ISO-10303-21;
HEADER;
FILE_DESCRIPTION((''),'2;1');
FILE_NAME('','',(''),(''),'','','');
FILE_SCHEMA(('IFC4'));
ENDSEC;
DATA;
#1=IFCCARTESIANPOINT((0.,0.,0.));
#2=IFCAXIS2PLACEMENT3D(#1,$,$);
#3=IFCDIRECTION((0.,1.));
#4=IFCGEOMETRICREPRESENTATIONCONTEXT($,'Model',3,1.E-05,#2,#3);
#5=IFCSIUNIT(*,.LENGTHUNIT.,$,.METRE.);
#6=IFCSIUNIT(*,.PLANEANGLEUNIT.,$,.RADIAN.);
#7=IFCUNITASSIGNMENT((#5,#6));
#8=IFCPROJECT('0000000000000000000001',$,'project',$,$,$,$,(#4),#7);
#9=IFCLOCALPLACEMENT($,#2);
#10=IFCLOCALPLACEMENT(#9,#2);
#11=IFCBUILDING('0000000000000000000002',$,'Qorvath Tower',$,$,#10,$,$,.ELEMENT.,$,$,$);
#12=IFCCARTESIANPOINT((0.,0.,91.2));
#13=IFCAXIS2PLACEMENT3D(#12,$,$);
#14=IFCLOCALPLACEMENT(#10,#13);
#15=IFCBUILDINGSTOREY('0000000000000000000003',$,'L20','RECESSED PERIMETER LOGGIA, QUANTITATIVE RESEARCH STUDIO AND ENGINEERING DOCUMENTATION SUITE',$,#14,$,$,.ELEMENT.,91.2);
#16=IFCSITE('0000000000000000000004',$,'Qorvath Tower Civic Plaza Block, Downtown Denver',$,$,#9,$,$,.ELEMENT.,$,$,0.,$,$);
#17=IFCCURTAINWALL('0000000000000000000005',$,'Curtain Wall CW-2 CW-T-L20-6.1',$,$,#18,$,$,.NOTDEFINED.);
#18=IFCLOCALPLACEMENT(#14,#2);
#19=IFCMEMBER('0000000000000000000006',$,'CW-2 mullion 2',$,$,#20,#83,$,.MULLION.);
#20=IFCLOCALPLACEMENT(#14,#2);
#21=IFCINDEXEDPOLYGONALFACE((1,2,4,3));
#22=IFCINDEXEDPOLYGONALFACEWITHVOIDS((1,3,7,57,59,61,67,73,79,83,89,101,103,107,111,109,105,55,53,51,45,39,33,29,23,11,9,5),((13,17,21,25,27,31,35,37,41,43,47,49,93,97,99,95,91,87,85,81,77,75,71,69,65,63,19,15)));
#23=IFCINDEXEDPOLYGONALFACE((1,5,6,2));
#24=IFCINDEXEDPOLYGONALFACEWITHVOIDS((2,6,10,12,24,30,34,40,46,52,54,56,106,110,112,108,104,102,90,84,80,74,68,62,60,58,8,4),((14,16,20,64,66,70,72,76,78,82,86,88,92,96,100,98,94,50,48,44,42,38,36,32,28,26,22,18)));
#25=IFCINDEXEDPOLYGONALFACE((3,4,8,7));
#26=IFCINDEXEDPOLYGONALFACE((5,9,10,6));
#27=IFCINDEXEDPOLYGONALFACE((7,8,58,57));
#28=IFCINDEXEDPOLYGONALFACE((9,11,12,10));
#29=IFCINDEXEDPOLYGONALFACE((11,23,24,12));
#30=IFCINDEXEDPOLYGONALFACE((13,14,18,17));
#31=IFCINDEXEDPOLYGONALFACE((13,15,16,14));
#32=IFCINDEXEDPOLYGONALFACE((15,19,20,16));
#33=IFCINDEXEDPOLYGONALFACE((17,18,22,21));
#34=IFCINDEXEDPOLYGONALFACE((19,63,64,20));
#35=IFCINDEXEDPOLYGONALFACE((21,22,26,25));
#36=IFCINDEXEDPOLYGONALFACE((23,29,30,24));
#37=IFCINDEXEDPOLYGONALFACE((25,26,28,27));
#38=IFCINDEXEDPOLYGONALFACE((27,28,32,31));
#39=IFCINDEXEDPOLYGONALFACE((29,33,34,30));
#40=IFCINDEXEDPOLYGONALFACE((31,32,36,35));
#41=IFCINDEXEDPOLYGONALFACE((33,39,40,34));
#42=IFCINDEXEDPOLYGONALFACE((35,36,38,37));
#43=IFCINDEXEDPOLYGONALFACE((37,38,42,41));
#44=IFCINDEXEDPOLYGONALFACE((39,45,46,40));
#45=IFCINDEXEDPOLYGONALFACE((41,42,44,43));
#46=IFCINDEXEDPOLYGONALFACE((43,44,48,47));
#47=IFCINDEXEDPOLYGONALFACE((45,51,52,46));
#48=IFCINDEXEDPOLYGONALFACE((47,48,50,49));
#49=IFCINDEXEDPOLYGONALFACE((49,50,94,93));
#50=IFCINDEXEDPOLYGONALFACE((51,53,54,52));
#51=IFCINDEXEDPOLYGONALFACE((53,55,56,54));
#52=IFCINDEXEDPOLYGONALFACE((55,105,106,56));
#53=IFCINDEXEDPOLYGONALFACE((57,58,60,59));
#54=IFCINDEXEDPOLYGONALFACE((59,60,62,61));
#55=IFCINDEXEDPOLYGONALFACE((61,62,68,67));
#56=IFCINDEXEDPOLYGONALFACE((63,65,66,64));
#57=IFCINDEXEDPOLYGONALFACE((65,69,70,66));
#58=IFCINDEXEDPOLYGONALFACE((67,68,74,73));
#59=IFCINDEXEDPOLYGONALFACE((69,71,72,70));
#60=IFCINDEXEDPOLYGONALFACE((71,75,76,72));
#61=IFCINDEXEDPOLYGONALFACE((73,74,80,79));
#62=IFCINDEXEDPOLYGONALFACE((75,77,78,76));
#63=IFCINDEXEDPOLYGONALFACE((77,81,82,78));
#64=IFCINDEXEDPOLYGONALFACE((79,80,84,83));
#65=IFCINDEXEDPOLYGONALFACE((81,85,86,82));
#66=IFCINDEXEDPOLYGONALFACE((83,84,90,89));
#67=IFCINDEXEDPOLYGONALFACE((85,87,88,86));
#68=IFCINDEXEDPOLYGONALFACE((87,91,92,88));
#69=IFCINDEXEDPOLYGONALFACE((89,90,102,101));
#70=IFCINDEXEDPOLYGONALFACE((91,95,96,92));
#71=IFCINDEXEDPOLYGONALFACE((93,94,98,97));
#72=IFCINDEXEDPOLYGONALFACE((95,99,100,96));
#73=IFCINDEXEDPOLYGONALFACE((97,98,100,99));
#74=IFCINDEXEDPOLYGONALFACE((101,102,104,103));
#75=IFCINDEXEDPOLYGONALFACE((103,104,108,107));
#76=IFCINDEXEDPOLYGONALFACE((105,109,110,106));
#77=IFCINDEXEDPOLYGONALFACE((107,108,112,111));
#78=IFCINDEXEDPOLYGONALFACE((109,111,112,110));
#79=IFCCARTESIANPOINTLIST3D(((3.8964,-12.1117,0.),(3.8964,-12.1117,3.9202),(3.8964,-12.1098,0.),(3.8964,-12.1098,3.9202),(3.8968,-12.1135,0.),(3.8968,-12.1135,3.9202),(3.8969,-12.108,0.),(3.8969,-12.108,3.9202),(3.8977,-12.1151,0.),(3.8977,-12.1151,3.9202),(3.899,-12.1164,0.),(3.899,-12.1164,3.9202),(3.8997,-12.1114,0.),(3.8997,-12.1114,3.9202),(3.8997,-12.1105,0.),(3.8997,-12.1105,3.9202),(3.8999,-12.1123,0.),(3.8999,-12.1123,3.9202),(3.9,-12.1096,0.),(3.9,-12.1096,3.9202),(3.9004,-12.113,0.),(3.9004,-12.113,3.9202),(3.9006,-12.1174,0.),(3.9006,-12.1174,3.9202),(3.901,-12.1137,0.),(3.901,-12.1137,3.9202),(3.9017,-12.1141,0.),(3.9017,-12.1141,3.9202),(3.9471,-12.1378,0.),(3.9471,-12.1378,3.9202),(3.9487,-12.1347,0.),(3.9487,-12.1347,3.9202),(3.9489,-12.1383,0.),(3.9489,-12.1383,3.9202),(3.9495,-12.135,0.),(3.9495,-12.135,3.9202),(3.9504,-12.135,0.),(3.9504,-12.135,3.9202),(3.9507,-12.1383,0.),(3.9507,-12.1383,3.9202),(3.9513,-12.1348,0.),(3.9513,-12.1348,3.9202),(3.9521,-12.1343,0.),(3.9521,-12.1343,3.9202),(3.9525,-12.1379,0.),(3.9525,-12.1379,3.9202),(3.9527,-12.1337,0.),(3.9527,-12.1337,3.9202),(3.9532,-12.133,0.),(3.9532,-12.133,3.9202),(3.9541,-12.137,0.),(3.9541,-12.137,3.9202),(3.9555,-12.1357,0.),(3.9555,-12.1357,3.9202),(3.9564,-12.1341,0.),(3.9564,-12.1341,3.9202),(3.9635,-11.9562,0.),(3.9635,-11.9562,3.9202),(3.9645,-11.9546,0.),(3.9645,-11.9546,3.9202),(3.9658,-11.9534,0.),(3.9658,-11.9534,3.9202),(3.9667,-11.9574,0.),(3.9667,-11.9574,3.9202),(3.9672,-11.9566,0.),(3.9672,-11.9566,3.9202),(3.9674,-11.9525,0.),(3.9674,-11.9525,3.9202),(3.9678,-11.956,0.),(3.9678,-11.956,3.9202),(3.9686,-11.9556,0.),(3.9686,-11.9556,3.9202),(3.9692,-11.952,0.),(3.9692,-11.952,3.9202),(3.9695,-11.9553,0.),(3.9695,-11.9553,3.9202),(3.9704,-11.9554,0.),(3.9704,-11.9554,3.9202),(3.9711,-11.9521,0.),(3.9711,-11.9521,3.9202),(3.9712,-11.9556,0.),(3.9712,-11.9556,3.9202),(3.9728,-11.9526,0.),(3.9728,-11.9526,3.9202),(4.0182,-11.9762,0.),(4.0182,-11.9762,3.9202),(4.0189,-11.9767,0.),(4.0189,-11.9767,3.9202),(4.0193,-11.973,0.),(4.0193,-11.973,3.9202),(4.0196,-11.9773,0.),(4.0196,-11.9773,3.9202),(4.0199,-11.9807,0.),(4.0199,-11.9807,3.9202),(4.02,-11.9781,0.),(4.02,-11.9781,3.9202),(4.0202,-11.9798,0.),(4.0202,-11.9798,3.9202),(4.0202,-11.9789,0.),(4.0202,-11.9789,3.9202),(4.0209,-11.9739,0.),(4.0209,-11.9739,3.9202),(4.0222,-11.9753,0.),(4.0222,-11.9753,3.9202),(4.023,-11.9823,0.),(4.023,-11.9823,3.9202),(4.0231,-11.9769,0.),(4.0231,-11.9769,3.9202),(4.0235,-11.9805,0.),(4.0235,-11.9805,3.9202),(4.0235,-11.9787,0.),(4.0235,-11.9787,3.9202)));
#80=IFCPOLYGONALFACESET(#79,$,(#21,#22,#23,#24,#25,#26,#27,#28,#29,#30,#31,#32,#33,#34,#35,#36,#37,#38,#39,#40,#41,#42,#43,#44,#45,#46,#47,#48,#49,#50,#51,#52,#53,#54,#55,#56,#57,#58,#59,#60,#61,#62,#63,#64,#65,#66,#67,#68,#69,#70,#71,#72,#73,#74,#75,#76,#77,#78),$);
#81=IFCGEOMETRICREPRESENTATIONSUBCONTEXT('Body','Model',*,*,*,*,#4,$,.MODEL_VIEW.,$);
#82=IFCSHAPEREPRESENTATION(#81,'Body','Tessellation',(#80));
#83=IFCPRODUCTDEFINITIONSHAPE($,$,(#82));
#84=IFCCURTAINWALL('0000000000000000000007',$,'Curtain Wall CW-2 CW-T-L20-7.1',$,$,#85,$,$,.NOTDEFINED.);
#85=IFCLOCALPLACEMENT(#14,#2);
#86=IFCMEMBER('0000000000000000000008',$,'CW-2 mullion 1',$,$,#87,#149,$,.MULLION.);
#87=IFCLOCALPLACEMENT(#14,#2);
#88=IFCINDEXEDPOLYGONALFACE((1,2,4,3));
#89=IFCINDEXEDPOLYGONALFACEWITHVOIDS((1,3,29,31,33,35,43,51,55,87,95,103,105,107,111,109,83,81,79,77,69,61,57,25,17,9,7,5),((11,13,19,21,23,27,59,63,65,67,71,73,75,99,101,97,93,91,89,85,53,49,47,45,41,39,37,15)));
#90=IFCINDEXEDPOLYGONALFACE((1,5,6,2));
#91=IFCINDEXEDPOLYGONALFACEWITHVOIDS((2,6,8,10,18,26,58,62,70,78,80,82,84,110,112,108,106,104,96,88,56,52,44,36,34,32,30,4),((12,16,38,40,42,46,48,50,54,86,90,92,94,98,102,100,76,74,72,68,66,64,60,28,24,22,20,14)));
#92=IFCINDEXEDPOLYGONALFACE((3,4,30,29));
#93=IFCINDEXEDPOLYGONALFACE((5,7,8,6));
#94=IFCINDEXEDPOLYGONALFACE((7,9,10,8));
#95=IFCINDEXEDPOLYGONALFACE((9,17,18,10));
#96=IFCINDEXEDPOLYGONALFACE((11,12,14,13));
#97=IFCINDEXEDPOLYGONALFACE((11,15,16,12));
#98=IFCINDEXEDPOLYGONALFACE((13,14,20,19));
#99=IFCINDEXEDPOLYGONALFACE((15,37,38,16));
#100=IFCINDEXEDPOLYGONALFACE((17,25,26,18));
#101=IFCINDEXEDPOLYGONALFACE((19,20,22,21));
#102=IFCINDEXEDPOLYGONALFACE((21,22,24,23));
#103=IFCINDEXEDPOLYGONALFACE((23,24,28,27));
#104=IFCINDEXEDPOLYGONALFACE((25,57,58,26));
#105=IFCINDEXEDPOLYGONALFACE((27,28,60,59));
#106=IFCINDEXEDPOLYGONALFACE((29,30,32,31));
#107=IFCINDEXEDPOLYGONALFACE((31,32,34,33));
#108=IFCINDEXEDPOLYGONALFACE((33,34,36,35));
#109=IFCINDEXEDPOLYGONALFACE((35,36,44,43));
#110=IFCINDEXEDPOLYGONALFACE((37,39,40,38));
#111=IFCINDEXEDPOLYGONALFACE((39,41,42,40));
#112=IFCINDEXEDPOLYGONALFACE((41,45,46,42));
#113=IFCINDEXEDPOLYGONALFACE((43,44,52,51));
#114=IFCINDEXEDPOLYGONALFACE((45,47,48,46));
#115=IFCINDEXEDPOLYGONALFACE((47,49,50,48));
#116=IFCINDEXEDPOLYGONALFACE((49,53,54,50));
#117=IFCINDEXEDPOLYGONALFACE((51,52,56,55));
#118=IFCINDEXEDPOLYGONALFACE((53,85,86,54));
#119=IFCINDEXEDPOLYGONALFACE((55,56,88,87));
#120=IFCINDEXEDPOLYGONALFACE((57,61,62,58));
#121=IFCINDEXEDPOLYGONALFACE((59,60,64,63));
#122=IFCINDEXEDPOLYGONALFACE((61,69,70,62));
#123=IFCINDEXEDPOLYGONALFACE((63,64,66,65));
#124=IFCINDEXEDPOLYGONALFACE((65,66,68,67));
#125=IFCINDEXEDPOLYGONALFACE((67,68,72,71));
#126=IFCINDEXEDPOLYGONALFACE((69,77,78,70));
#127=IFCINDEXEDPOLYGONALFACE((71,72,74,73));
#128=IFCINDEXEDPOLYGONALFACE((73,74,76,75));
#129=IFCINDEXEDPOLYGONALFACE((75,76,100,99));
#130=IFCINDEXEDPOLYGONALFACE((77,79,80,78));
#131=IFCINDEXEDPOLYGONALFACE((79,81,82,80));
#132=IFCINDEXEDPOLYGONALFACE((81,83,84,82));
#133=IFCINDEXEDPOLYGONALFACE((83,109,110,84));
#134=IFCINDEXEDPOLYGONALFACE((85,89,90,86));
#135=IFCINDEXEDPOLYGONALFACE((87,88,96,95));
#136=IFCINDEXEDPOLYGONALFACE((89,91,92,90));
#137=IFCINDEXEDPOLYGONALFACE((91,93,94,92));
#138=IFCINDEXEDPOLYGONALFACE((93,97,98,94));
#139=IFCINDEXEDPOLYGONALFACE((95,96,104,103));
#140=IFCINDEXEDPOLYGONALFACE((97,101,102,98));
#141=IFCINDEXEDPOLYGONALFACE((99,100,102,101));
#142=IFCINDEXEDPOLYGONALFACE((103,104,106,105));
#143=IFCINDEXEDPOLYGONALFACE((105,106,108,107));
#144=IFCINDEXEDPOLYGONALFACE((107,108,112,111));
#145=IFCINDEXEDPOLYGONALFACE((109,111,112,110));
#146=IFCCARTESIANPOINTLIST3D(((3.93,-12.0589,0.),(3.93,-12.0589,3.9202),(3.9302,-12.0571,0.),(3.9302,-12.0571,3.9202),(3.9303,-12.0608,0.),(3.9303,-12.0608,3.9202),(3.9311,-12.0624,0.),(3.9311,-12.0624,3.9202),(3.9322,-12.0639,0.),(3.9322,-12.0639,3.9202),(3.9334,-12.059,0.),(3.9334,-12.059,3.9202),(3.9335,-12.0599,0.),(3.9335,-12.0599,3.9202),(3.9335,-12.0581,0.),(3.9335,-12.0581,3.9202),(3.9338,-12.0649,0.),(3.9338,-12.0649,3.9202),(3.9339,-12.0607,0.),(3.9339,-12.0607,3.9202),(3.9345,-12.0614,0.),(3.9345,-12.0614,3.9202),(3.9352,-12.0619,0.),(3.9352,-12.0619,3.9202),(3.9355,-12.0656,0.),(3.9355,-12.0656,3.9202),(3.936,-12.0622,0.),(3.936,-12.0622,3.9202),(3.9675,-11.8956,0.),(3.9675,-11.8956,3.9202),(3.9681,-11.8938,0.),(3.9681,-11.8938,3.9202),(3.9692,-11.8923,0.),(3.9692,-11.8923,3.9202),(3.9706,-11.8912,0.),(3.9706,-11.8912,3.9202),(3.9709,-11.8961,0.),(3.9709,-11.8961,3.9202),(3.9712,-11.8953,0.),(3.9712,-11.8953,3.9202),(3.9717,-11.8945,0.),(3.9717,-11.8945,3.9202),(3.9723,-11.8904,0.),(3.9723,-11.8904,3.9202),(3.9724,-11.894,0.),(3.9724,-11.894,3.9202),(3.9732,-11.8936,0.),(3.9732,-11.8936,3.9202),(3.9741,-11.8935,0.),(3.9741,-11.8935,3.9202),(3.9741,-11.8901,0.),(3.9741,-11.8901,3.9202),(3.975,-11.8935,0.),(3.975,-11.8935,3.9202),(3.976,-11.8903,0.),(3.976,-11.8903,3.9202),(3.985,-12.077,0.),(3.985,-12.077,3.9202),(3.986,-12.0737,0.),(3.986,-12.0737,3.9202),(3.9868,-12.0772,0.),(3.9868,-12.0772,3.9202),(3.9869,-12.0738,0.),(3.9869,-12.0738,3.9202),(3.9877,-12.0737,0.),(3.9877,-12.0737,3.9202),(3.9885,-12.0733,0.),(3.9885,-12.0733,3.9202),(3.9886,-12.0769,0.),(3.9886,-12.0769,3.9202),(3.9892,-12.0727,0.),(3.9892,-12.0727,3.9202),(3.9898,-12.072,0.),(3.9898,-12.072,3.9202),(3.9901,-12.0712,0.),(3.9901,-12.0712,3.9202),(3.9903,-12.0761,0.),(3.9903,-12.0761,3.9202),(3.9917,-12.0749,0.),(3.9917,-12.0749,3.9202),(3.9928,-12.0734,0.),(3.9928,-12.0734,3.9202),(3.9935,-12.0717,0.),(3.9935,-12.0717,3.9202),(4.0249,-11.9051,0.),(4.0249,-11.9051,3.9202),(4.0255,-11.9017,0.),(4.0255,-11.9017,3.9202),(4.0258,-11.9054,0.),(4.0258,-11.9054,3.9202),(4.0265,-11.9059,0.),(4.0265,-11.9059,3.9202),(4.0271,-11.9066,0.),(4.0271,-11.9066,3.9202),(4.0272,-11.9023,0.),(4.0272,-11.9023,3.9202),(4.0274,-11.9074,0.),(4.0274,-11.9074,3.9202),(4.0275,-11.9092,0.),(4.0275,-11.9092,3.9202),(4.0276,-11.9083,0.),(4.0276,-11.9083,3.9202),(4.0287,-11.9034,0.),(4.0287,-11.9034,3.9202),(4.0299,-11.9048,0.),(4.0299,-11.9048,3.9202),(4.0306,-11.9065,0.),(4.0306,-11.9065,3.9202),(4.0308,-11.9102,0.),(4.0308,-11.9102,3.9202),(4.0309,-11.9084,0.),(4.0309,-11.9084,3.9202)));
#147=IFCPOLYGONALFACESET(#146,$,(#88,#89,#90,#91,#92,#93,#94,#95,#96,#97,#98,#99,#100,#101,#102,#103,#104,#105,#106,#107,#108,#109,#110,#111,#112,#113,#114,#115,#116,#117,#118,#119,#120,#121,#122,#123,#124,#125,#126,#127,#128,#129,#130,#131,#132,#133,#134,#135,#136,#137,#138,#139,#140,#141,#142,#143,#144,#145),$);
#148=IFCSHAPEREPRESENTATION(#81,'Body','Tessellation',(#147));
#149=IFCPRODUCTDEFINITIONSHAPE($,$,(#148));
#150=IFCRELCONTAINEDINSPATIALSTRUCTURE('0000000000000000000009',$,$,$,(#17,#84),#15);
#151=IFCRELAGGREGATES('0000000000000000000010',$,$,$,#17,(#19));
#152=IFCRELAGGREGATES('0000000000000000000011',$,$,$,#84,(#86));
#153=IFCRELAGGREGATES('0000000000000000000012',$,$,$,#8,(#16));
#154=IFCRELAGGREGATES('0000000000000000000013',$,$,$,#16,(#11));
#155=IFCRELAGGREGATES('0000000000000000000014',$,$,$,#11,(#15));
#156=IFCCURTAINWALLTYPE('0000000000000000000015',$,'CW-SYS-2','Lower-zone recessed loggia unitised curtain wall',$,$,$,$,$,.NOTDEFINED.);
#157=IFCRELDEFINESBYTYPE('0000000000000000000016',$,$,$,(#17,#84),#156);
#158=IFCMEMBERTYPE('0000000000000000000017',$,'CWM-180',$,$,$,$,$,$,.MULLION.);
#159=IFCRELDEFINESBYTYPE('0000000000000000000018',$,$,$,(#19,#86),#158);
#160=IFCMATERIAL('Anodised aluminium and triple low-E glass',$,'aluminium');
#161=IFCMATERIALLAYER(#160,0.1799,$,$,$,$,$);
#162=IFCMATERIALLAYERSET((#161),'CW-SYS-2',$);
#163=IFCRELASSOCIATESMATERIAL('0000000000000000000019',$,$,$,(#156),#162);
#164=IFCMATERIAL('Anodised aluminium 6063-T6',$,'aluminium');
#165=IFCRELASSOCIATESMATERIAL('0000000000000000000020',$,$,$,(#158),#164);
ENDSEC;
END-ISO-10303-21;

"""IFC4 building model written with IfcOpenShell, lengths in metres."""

from ifc_helpers import new_model, si_unit, direction, frame, origin, origin_2d, place, context, subcontext, project, spatial, hollow_rectangle, extrude, material, layer, layer_set, material_profile, profile_set, type_object, element, aggregate, save


model = new_model("IFC4")

# Units and contexts
model_context = context("Model", 3, precision=1e-05, world=origin(), true_north=direction((0.0, 1.0)))
body_context = subcontext(model_context, "Body", "Model", "MODEL_VIEW")
ifc_project = project(units=[si_unit("LENGTHUNIT", "METRE"), si_unit("PLANEANGLEUNIT", "RADIAN")], contexts=[model_context])

# Site, building, storey
site_placement = place(None, origin())
site = spatial("IfcSite", under=ifc_project, at=site_placement, Name="Qorvath Tower Civic Plaza Block, Downtown Denver", CompositionType="ELEMENT", RefElevation=0.0)
building_placement = place(site_placement, origin())
building = spatial("IfcBuilding", under=site, at=building_placement, Name="Qorvath Tower", CompositionType="ELEMENT")
storey_placement = place(building_placement, frame((0.0, 0.0, 91.2)))
storey = spatial("IfcBuildingStorey", under=building, at=storey_placement, Name="L20", Description="RECESSED PERIMETER LOGGIA, QUANTITATIVE RESEARCH STUDIO AND ENGINEERING DOCUMENTATION SUITE", CompositionType="ELEMENT", Elevation=91.2)

# Shared definitions
ifc_material_1 = material(Name="Anodised aluminium and triple low-E glass", Category="aluminium")
ifc_layer_1 = layer(ifc_material_1, 0.1799)
ifc_layer_set_1 = layer_set([ifc_layer_1], Name="CW-SYS-2")
curtain_wall_type = type_object("IfcCurtainWallType", Name="CW-SYS-2", Description="Lower-zone recessed loggia unitised curtain wall", PredefinedType="NOTDEFINED", material=ifc_layer_set_1)
ifc_material_2 = material(Name="Anodised aluminium 6063-T6", Category="aluminium")
ifc_material_profile_1 = material_profile(ifc_material_2, hollow_rectangle(XDim=0.0649, YDim=0.1799, WallThickness=0.0034, InnerFilletRadius=0.0034, OuterFilletRadius=0.0071, at=origin_2d()), Name="CWM 180x65")
ifc_profile_set_1 = profile_set([ifc_material_profile_1], Name="Anodised aluminium 6063-T6")
member_type_1 = type_object("IfcMemberType", Name="CWM-180", PredefinedType="MULLION", material=ifc_profile_set_1)

# Curtain walls, members
curtain_wall_1_placement = place(storey_placement, origin())
curtain_wall_1 = element("IfcCurtainWall", 1, at=curtain_wall_1_placement, inside=storey, type_object=curtain_wall_type, Name="Curtain Wall CW-2 CW-T-L20-6.1", PredefinedType="NOTDEFINED")
member_1_placement = place(storey_placement, frame((3.96, -12.0452, 0.0), z_axis=(0.0, 0.0, 1.0), x_axis=(-0.915869, 0.401477, 0.0)))
member_1 = element("IfcMember", 2, at=member_1_placement, type_object=member_type_1, Name="CW-2 mullion 2", PredefinedType="MULLION", context=body_context, shape_type="SweptSolid", body=[
    extrude(hollow_rectangle(XDim=0.0649, YDim=0.1799, WallThickness=0.0034, InnerFilletRadius=0.0034, OuterFilletRadius=0.0071, at=origin_2d()), origin(), (0.0, 0.0, 1.0), 3.9202),
])
curtain_wall_2_placement = place(storey_placement, origin())
curtain_wall_2 = element("IfcCurtainWall", 3, at=curtain_wall_2_placement, inside=storey, type_object=curtain_wall_type, Name="Curtain Wall CW-2 CW-T-L20-7.1", PredefinedType="NOTDEFINED")
member_2_placement = place(storey_placement, frame((3.9805, -11.9836, 0.0), z_axis=(0.0, 0.0, 1.0), x_axis=(-0.974351, 0.225034, 0.0)))
member_2 = element("IfcMember", 4, at=member_2_placement, type_object=member_type_1, Name="CW-2 mullion 1", PredefinedType="MULLION", context=body_context, shape_type="SweptSolid", body=[
    extrude(hollow_rectangle(XDim=0.0649, YDim=0.1799, WallThickness=0.0034, InnerFilletRadius=0.0034, OuterFilletRadius=0.0071, at=origin_2d()), origin(), (0.0, 0.0, 1.0), 3.9202),
])

aggregate(curtain_wall_1, [member_1])
aggregate(curtain_wall_2, [member_2])

save(model, "model.ifc")
